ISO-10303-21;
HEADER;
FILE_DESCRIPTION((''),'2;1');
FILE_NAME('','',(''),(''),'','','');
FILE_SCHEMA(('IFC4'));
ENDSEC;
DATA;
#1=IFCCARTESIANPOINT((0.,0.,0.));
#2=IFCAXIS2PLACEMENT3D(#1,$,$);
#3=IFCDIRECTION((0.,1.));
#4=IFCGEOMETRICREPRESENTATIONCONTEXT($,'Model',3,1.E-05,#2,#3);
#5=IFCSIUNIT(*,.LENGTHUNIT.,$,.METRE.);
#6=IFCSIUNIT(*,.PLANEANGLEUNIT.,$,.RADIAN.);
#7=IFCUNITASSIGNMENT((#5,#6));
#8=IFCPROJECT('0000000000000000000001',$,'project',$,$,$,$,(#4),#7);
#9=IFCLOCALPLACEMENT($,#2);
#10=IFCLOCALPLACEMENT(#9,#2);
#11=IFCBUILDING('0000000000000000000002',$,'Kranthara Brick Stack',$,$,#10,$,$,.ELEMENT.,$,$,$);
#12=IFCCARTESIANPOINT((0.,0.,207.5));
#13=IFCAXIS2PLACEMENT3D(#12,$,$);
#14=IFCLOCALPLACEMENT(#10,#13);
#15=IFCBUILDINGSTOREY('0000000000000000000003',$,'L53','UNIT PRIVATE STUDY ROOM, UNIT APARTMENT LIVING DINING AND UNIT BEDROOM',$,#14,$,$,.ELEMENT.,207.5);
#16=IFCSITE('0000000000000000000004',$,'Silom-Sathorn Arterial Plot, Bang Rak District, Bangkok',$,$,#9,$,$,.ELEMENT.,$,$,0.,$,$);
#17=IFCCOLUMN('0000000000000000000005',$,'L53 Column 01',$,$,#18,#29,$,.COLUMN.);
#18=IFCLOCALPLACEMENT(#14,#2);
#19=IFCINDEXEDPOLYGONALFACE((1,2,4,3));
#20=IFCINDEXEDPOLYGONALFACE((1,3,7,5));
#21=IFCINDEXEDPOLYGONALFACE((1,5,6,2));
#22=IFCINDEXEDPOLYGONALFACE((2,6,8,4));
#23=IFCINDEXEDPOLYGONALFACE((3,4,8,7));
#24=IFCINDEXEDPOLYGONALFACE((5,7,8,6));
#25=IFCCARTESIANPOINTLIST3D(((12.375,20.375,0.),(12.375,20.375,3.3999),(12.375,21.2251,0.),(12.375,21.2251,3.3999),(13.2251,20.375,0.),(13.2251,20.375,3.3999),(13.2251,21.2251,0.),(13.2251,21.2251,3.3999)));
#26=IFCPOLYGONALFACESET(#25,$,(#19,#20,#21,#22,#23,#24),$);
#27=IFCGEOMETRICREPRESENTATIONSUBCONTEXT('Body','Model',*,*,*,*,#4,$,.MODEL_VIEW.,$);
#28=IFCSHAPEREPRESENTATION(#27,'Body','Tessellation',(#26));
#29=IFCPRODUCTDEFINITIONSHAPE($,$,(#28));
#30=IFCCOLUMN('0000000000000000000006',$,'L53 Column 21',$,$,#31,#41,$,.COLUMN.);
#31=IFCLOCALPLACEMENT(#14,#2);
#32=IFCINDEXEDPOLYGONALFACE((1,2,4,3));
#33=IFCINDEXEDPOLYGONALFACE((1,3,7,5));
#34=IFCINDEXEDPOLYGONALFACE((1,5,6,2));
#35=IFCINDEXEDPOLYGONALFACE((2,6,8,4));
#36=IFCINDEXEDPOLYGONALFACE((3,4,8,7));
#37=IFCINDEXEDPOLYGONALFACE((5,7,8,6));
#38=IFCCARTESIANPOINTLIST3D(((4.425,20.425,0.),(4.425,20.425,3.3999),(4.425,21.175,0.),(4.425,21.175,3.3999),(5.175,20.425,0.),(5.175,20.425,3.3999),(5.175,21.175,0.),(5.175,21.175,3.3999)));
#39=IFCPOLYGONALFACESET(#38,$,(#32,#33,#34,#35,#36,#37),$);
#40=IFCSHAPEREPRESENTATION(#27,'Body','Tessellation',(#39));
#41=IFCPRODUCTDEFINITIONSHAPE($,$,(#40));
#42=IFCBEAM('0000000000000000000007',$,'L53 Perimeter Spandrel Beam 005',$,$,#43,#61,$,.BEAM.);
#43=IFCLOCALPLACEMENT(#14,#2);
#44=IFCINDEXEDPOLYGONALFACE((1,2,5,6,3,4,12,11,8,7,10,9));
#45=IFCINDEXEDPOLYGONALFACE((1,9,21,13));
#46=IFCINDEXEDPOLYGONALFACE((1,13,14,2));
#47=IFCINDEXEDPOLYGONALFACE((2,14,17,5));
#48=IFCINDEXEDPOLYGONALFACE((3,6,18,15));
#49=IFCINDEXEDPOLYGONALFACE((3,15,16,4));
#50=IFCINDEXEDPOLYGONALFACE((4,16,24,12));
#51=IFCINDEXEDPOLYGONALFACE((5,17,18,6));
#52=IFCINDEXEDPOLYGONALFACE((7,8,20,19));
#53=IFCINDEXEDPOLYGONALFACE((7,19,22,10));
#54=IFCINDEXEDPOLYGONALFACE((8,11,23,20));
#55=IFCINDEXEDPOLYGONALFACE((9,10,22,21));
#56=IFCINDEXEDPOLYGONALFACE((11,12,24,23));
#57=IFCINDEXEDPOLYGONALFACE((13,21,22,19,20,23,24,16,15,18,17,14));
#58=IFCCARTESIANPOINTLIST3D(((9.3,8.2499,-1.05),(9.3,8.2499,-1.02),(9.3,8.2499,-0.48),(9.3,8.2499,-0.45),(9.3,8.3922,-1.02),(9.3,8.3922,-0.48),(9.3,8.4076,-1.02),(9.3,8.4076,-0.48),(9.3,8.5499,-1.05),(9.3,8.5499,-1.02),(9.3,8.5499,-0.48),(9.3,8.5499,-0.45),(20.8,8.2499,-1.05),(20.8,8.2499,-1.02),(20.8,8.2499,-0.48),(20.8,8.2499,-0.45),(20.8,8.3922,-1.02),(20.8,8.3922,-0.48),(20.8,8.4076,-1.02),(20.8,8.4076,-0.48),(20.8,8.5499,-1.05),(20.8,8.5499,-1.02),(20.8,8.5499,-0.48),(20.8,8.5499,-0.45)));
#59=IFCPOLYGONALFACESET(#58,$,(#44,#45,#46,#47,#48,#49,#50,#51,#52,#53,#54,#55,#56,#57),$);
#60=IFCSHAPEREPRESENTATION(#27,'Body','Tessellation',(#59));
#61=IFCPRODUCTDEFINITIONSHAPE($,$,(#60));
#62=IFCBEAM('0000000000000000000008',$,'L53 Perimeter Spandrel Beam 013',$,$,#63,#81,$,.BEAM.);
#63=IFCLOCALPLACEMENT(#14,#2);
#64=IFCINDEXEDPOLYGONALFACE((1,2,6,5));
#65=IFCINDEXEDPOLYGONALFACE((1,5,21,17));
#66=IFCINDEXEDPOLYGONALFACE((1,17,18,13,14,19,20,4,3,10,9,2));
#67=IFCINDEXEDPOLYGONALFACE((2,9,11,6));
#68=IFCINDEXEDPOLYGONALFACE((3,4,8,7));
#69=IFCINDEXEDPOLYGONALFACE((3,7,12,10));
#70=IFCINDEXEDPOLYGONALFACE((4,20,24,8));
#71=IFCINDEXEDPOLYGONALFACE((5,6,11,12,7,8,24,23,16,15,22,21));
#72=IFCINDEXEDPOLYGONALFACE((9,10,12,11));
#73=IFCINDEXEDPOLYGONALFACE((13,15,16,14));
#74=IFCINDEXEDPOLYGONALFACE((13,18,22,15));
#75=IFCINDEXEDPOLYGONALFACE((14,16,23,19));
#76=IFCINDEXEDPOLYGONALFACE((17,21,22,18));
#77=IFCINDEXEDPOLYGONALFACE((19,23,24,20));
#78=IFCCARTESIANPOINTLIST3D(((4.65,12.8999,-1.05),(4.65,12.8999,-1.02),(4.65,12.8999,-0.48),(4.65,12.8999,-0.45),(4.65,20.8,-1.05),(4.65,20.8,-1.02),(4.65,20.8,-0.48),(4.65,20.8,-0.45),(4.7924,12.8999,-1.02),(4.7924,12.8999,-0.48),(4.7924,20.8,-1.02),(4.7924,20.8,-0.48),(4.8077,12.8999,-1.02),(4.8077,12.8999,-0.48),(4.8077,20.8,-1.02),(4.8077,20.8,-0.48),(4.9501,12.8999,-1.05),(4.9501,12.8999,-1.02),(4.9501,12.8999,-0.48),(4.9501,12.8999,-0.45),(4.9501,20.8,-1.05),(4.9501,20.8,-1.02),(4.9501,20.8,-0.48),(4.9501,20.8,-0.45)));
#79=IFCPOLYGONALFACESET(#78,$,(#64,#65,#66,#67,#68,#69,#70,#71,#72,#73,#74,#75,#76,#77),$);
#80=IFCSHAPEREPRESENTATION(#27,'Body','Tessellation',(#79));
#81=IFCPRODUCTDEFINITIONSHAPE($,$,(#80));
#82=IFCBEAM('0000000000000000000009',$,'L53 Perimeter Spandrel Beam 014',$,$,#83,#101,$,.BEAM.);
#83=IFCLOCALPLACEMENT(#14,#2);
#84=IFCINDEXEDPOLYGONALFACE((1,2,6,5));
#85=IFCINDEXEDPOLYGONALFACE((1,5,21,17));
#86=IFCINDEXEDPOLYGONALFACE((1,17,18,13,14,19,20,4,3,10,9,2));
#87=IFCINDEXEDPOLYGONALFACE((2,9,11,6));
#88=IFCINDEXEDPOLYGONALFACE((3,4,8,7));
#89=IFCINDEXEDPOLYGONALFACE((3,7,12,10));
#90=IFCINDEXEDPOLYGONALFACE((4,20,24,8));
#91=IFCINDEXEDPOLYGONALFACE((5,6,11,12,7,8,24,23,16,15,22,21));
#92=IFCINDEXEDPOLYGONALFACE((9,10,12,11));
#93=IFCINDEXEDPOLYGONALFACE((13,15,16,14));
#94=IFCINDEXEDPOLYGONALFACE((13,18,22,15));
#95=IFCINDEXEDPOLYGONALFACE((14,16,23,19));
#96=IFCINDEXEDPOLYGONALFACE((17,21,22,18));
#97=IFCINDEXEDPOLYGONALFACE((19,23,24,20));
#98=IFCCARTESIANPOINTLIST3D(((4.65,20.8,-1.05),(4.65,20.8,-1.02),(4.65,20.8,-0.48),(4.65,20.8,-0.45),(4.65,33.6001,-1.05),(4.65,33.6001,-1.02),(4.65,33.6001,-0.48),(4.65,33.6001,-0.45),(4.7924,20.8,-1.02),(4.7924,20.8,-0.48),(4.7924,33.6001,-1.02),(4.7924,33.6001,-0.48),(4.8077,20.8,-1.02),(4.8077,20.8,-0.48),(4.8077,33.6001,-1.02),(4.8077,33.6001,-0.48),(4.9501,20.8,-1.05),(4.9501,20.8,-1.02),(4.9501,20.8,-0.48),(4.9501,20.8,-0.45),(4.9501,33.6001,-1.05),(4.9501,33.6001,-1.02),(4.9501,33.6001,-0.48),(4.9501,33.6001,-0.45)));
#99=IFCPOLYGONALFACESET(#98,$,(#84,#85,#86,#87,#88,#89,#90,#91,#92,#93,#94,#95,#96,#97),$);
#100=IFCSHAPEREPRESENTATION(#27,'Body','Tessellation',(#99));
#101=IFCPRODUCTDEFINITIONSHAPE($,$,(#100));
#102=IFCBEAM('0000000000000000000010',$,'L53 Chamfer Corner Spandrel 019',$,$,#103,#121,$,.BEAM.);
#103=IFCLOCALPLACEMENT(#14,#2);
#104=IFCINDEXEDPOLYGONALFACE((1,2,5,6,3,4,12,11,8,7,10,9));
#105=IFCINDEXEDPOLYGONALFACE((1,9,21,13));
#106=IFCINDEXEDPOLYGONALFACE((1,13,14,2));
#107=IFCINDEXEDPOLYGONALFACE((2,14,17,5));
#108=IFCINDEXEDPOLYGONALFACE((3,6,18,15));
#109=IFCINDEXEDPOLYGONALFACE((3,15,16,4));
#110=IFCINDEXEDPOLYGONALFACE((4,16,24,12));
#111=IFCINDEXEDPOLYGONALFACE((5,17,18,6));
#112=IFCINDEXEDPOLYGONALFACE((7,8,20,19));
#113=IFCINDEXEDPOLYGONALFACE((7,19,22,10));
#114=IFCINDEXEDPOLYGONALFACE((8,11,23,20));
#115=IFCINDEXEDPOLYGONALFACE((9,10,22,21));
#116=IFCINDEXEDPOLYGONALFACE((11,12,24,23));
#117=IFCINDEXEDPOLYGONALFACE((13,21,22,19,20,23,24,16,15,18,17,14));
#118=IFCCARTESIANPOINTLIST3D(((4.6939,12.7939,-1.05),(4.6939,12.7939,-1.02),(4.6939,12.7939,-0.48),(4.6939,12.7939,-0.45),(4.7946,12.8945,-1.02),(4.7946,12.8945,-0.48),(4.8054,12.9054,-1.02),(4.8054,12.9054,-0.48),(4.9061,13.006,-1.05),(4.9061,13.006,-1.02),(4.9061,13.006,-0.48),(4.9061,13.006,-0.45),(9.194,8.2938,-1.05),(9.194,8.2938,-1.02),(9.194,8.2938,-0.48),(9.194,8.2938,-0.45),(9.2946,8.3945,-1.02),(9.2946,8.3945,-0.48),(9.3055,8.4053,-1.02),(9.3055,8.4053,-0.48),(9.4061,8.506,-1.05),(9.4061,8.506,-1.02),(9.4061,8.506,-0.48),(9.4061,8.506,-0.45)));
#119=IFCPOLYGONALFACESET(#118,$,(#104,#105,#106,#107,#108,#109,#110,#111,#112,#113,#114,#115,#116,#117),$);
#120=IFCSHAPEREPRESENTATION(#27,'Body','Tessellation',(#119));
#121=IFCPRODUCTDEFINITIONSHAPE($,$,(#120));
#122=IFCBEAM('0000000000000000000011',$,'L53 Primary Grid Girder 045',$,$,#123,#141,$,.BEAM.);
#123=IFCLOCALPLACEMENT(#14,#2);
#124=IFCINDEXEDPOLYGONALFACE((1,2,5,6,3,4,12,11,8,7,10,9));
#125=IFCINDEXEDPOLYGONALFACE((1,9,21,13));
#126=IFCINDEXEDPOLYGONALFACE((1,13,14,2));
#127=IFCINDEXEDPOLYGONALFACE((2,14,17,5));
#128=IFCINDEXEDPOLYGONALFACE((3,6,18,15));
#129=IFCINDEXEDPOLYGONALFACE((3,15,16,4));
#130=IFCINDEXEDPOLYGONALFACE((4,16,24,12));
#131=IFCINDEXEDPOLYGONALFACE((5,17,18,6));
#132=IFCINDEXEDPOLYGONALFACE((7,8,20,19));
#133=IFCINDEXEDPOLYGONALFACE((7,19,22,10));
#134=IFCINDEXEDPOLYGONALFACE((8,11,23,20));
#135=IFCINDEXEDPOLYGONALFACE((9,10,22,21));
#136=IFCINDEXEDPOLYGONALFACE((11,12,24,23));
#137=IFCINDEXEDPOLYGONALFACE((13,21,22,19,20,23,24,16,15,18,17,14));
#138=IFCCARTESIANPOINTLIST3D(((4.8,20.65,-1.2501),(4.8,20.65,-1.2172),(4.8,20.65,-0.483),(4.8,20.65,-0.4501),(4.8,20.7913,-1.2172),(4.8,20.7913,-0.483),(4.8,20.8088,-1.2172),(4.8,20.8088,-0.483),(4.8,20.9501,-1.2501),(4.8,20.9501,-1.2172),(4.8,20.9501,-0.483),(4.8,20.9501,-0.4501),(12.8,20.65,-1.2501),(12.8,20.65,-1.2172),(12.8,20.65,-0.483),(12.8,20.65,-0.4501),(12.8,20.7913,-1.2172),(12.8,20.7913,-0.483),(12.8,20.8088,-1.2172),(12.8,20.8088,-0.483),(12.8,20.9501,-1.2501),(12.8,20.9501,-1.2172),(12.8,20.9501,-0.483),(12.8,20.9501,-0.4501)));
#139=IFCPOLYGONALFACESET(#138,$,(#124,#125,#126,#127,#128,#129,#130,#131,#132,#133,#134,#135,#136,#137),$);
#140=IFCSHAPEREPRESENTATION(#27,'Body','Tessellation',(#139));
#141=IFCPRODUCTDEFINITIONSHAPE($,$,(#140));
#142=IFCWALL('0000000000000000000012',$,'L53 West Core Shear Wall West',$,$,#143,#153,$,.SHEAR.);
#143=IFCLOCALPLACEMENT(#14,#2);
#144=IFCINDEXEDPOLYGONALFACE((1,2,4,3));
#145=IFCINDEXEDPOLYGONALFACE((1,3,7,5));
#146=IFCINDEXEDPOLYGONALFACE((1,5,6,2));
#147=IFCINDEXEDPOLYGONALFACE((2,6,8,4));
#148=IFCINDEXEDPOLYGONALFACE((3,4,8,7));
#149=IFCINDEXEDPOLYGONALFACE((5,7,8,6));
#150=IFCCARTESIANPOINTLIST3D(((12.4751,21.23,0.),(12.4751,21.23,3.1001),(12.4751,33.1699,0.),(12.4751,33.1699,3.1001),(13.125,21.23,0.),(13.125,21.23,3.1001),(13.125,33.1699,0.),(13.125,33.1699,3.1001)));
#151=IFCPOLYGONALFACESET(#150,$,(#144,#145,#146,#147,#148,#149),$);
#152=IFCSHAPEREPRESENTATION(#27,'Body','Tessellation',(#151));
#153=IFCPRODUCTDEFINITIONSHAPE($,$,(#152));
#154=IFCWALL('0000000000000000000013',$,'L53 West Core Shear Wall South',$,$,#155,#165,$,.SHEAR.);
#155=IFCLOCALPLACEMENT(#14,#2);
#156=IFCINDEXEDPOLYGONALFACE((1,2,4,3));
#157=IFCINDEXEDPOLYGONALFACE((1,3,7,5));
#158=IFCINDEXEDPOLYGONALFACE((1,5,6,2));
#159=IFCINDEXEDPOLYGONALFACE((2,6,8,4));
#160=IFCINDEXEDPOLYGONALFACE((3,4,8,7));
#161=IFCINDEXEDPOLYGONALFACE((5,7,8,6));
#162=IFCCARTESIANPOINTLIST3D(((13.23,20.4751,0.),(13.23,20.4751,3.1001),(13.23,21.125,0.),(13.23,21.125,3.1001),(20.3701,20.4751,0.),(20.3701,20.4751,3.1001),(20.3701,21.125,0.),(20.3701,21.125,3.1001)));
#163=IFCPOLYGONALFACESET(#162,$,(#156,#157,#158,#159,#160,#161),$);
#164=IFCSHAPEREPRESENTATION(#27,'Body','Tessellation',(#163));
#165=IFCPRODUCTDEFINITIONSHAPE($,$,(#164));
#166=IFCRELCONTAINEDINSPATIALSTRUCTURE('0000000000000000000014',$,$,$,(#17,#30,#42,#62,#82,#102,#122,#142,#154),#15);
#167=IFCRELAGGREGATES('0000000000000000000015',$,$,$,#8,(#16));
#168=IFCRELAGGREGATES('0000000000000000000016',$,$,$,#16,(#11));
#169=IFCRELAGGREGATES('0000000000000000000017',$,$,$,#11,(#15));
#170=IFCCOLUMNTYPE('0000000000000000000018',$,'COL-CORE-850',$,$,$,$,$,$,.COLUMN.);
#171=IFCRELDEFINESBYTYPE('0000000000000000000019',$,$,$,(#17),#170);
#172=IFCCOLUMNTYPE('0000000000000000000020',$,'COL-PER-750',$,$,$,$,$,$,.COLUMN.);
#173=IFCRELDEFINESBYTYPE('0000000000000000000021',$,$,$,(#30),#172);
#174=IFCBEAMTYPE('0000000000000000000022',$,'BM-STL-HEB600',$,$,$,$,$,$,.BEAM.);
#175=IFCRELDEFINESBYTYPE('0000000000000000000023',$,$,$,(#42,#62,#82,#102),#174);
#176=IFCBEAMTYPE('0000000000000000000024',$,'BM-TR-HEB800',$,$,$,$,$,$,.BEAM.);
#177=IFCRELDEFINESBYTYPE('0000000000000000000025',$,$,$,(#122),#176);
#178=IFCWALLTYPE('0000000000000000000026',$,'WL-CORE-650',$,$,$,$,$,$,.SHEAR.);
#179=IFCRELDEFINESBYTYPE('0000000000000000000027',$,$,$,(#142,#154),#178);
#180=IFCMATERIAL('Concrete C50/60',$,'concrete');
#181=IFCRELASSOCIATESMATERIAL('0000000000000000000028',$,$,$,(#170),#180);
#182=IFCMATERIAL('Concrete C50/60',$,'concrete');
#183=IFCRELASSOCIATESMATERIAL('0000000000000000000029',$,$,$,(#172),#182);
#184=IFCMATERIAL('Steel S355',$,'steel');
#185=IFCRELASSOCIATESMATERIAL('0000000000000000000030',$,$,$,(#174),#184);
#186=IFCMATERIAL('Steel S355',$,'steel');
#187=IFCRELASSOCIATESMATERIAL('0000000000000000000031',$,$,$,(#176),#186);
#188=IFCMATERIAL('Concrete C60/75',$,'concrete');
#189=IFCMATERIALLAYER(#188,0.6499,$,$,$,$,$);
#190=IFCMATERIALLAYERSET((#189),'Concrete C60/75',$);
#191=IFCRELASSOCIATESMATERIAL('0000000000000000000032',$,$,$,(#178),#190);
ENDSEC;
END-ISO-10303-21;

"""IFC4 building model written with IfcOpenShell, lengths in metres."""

from ifc_helpers import new_model, si_unit, direction, frame, frame_2d, origin, origin_2d, place, context, subcontext, project, spatial, rectangle, i_section, extrude, material, layer, layer_set, material_profile, profile_set, type_object, element, save


model = new_model("IFC4")

# Units and contexts
model_context = context("Model", 3, precision=1e-05, world=origin(), true_north=direction((0.0, 1.0)))
body_context = subcontext(model_context, "Body", "Model", "MODEL_VIEW")
ifc_project = project(units=[si_unit("LENGTHUNIT", "METRE"), si_unit("PLANEANGLEUNIT", "RADIAN")], contexts=[model_context])

# Site, building, storey
site_placement = place(None, origin())
site = spatial("IfcSite", under=ifc_project, at=site_placement, Name="Silom-Sathorn Arterial Plot, Bang Rak District, Bangkok", CompositionType="ELEMENT", RefElevation=0.0)
building_placement = place(site_placement, origin())
building = spatial("IfcBuilding", under=site, at=building_placement, Name="Kranthara Brick Stack", CompositionType="ELEMENT")
storey_placement = place(building_placement, frame((0.0, 0.0, 207.5)))
storey = spatial("IfcBuildingStorey", under=building, at=storey_placement, Name="L53", Description="UNIT PRIVATE STUDY ROOM, UNIT APARTMENT LIVING DINING AND UNIT BEDROOM", CompositionType="ELEMENT", Elevation=207.5)

# Columns
ifc_material_1 = material(Name="Concrete C50/60", Category="concrete")
ifc_material_profile_1 = material_profile(ifc_material_1, rectangle(XDim=0.8501, YDim=0.8501, at=origin_2d()), Name="RC 850x850")
ifc_profile_set_1 = profile_set([ifc_material_profile_1], Name="Concrete C50/60")
column_type_1 = type_object("IfcColumnType", Name="COL-CORE-850", PredefinedType="COLUMN", material=ifc_profile_set_1)
column_1_placement = place(storey_placement, frame((12.8, 20.8, 0.0), z_axis=(0.0, 0.0, 1.0), x_axis=(1.0, 0.0, 0.0)))
element("IfcColumn", 1, at=column_1_placement, inside=storey, type_object=column_type_1, Name="L53 Column 01", PredefinedType="COLUMN", context=body_context, shape_type="SweptSolid", body=[
    extrude(rectangle(XDim=0.8501, YDim=0.8501, at=origin_2d()), origin(), (0.0, 0.0, 1.0), 3.3999),
])
ifc_material_2 = material(Name="Concrete C50/60", Category="concrete")
ifc_material_profile_2 = material_profile(ifc_material_2, rectangle(XDim=0.75, YDim=0.75, at=origin_2d()), Name="RC 750x750")
ifc_profile_set_2 = profile_set([ifc_material_profile_2], Name="Concrete C50/60")
column_type_2 = type_object("IfcColumnType", Name="COL-PER-750", PredefinedType="COLUMN", material=ifc_profile_set_2)
column_2_placement = place(storey_placement, frame((4.8, 20.8, 0.0), z_axis=(0.0, 0.0, 1.0), x_axis=(1.0, 0.0, 0.0)))
element("IfcColumn", 2, at=column_2_placement, inside=storey, type_object=column_type_2, Name="L53 Column 21", PredefinedType="COLUMN", context=body_context, shape_type="SweptSolid", body=[
    extrude(rectangle(XDim=0.75, YDim=0.75, at=origin_2d()), origin(), (0.0, 0.0, 1.0), 3.3999),
])

# Beams
ifc_material_3 = material(Name="Steel S355", Category="steel")
ifc_material_profile_3 = material_profile(ifc_material_3, i_section(OverallWidth=0.3, OverallDepth=0.6001, WebThickness=0.0154, FlangeThickness=0.03, at=origin_2d()), Name="HEB 600")
ifc_profile_set_3 = profile_set([ifc_material_profile_3], Name="Steel S355")
beam_type_1 = type_object("IfcBeamType", Name="BM-STL-HEB600", PredefinedType="BEAM", material=ifc_profile_set_3)
beam_1_placement = place(storey_placement, frame((9.3, 8.3999, -0.75), z_axis=(1.0, 0.0, 0.0), x_axis=(0.0, 1.0, 0.0)))
element("IfcBeam", 3, at=beam_1_placement, inside=storey, type_object=beam_type_1, Name="L53 Perimeter Spandrel Beam 005", PredefinedType="BEAM", context=body_context, shape_type="SweptSolid", body=[
    extrude(i_section(OverallWidth=0.3, OverallDepth=0.6001, WebThickness=0.0154, FlangeThickness=0.03, at=origin_2d()), origin(), (0.0, 0.0, 1.0), 11.5),
])
beam_2_placement = place(storey_placement, frame((4.8, 12.8999, -0.75), z_axis=(0.0, 1.0, 0.0), x_axis=(-1.0, 0.0, 0.0)))
element("IfcBeam", 4, at=beam_2_placement, inside=storey, type_object=beam_type_1, Name="L53 Perimeter Spandrel Beam 013", PredefinedType="BEAM", context=body_context, shape_type="SweptSolid", body=[
    extrude(i_section(OverallWidth=0.3, OverallDepth=0.6001, WebThickness=0.0154, FlangeThickness=0.03, at=origin_2d()), origin(), (0.0, 0.0, 1.0), 7.9001),
])
beam_3_placement = place(storey_placement, frame((4.8, 20.8, -0.75), z_axis=(0.0, 1.0, 0.0), x_axis=(-1.0, 0.0, 0.0)))
element("IfcBeam", 5, at=beam_3_placement, inside=storey, type_object=beam_type_1, Name="L53 Perimeter Spandrel Beam 014", PredefinedType="BEAM", context=body_context, shape_type="SweptSolid", body=[
    extrude(i_section(OverallWidth=0.3, OverallDepth=0.6001, WebThickness=0.0154, FlangeThickness=0.03, at=origin_2d()), origin(), (0.0, 0.0, 1.0), 12.8),
])
beam_4_placement = place(storey_placement, frame((9.3, 8.3999, -0.75), z_axis=(-0.707107, 0.707107, 0.0), x_axis=(-0.707107, -0.707107, 0.0)))
element("IfcBeam", 6, at=beam_4_placement, inside=storey, type_object=beam_type_1, Name="L53 Chamfer Corner Spandrel 019", PredefinedType="BEAM", context=body_context, shape_type="SweptSolid", body=[
    extrude(i_section(OverallWidth=0.3, OverallDepth=0.6001, WebThickness=0.0154, FlangeThickness=0.03, at=origin_2d()), origin(), (0.0, 0.0, 1.0), 6.364),
])
ifc_material_4 = material(Name="Steel S355", Category="steel")
ifc_material_profile_4 = material_profile(ifc_material_4, i_section(OverallWidth=0.3, OverallDepth=0.8, WebThickness=0.0176, FlangeThickness=0.033, at=origin_2d()), Name="HEB 800")
ifc_profile_set_4 = profile_set([ifc_material_profile_4], Name="Steel S355")
beam_type_2 = type_object("IfcBeamType", Name="BM-TR-HEB800", PredefinedType="BEAM", material=ifc_profile_set_4)
beam_5_placement = place(storey_placement, frame((4.8, 20.8, -0.8501), z_axis=(1.0, 0.0, 0.0), x_axis=(0.0, 1.0, 0.0)))
element("IfcBeam", 7, at=beam_5_placement, inside=storey, type_object=beam_type_2, Name="L53 Primary Grid Girder 045", PredefinedType="BEAM", context=body_context, shape_type="SweptSolid", body=[
    extrude(i_section(OverallWidth=0.3, OverallDepth=0.8, WebThickness=0.0176, FlangeThickness=0.033, at=origin_2d()), origin(), (0.0, 0.0, 1.0), 8.0),
])

# Walls
ifc_material_5 = material(Name="Concrete C60/75", Category="concrete")
ifc_layer_1 = layer(ifc_material_5, 0.6499)
ifc_layer_set_1 = layer_set([ifc_layer_1], Name="Concrete C60/75")
wall_type_1 = type_object("IfcWallType", Name="WL-CORE-650", PredefinedType="SHEAR", material=ifc_layer_set_1)
wall_1_placement = place(storey_placement, frame((12.8, 21.23, 0.0), z_axis=(0.0, 0.0, 1.0), x_axis=(0.0, 1.0, 0.0)))
element("IfcWall", 8, at=wall_1_placement, inside=storey, type_object=wall_type_1, Name="L53 West Core Shear Wall West", PredefinedType="SHEAR", context=body_context, shape_type="SweptSolid", body=[
    extrude(rectangle(XDim=11.9399, YDim=0.6499, at=frame_2d((5.97, 0.0))), origin(), (0.0, 0.0, 1.0), 3.1001),
])
wall_2_placement = place(storey_placement, frame((13.23, 20.8, 0.0), z_axis=(0.0, 0.0, 1.0), x_axis=(1.0, 0.0, 0.0)))
element("IfcWall", 9, at=wall_2_placement, inside=storey, type_object=wall_type_1, Name="L53 West Core Shear Wall South", PredefinedType="SHEAR", context=body_context, shape_type="SweptSolid", body=[
    extrude(rectangle(XDim=7.1401, YDim=0.6499, at=frame_2d((3.5701, 0.0))), origin(), (0.0, 0.0, 1.0), 3.1001),
])

save(model, "model.ifc")
